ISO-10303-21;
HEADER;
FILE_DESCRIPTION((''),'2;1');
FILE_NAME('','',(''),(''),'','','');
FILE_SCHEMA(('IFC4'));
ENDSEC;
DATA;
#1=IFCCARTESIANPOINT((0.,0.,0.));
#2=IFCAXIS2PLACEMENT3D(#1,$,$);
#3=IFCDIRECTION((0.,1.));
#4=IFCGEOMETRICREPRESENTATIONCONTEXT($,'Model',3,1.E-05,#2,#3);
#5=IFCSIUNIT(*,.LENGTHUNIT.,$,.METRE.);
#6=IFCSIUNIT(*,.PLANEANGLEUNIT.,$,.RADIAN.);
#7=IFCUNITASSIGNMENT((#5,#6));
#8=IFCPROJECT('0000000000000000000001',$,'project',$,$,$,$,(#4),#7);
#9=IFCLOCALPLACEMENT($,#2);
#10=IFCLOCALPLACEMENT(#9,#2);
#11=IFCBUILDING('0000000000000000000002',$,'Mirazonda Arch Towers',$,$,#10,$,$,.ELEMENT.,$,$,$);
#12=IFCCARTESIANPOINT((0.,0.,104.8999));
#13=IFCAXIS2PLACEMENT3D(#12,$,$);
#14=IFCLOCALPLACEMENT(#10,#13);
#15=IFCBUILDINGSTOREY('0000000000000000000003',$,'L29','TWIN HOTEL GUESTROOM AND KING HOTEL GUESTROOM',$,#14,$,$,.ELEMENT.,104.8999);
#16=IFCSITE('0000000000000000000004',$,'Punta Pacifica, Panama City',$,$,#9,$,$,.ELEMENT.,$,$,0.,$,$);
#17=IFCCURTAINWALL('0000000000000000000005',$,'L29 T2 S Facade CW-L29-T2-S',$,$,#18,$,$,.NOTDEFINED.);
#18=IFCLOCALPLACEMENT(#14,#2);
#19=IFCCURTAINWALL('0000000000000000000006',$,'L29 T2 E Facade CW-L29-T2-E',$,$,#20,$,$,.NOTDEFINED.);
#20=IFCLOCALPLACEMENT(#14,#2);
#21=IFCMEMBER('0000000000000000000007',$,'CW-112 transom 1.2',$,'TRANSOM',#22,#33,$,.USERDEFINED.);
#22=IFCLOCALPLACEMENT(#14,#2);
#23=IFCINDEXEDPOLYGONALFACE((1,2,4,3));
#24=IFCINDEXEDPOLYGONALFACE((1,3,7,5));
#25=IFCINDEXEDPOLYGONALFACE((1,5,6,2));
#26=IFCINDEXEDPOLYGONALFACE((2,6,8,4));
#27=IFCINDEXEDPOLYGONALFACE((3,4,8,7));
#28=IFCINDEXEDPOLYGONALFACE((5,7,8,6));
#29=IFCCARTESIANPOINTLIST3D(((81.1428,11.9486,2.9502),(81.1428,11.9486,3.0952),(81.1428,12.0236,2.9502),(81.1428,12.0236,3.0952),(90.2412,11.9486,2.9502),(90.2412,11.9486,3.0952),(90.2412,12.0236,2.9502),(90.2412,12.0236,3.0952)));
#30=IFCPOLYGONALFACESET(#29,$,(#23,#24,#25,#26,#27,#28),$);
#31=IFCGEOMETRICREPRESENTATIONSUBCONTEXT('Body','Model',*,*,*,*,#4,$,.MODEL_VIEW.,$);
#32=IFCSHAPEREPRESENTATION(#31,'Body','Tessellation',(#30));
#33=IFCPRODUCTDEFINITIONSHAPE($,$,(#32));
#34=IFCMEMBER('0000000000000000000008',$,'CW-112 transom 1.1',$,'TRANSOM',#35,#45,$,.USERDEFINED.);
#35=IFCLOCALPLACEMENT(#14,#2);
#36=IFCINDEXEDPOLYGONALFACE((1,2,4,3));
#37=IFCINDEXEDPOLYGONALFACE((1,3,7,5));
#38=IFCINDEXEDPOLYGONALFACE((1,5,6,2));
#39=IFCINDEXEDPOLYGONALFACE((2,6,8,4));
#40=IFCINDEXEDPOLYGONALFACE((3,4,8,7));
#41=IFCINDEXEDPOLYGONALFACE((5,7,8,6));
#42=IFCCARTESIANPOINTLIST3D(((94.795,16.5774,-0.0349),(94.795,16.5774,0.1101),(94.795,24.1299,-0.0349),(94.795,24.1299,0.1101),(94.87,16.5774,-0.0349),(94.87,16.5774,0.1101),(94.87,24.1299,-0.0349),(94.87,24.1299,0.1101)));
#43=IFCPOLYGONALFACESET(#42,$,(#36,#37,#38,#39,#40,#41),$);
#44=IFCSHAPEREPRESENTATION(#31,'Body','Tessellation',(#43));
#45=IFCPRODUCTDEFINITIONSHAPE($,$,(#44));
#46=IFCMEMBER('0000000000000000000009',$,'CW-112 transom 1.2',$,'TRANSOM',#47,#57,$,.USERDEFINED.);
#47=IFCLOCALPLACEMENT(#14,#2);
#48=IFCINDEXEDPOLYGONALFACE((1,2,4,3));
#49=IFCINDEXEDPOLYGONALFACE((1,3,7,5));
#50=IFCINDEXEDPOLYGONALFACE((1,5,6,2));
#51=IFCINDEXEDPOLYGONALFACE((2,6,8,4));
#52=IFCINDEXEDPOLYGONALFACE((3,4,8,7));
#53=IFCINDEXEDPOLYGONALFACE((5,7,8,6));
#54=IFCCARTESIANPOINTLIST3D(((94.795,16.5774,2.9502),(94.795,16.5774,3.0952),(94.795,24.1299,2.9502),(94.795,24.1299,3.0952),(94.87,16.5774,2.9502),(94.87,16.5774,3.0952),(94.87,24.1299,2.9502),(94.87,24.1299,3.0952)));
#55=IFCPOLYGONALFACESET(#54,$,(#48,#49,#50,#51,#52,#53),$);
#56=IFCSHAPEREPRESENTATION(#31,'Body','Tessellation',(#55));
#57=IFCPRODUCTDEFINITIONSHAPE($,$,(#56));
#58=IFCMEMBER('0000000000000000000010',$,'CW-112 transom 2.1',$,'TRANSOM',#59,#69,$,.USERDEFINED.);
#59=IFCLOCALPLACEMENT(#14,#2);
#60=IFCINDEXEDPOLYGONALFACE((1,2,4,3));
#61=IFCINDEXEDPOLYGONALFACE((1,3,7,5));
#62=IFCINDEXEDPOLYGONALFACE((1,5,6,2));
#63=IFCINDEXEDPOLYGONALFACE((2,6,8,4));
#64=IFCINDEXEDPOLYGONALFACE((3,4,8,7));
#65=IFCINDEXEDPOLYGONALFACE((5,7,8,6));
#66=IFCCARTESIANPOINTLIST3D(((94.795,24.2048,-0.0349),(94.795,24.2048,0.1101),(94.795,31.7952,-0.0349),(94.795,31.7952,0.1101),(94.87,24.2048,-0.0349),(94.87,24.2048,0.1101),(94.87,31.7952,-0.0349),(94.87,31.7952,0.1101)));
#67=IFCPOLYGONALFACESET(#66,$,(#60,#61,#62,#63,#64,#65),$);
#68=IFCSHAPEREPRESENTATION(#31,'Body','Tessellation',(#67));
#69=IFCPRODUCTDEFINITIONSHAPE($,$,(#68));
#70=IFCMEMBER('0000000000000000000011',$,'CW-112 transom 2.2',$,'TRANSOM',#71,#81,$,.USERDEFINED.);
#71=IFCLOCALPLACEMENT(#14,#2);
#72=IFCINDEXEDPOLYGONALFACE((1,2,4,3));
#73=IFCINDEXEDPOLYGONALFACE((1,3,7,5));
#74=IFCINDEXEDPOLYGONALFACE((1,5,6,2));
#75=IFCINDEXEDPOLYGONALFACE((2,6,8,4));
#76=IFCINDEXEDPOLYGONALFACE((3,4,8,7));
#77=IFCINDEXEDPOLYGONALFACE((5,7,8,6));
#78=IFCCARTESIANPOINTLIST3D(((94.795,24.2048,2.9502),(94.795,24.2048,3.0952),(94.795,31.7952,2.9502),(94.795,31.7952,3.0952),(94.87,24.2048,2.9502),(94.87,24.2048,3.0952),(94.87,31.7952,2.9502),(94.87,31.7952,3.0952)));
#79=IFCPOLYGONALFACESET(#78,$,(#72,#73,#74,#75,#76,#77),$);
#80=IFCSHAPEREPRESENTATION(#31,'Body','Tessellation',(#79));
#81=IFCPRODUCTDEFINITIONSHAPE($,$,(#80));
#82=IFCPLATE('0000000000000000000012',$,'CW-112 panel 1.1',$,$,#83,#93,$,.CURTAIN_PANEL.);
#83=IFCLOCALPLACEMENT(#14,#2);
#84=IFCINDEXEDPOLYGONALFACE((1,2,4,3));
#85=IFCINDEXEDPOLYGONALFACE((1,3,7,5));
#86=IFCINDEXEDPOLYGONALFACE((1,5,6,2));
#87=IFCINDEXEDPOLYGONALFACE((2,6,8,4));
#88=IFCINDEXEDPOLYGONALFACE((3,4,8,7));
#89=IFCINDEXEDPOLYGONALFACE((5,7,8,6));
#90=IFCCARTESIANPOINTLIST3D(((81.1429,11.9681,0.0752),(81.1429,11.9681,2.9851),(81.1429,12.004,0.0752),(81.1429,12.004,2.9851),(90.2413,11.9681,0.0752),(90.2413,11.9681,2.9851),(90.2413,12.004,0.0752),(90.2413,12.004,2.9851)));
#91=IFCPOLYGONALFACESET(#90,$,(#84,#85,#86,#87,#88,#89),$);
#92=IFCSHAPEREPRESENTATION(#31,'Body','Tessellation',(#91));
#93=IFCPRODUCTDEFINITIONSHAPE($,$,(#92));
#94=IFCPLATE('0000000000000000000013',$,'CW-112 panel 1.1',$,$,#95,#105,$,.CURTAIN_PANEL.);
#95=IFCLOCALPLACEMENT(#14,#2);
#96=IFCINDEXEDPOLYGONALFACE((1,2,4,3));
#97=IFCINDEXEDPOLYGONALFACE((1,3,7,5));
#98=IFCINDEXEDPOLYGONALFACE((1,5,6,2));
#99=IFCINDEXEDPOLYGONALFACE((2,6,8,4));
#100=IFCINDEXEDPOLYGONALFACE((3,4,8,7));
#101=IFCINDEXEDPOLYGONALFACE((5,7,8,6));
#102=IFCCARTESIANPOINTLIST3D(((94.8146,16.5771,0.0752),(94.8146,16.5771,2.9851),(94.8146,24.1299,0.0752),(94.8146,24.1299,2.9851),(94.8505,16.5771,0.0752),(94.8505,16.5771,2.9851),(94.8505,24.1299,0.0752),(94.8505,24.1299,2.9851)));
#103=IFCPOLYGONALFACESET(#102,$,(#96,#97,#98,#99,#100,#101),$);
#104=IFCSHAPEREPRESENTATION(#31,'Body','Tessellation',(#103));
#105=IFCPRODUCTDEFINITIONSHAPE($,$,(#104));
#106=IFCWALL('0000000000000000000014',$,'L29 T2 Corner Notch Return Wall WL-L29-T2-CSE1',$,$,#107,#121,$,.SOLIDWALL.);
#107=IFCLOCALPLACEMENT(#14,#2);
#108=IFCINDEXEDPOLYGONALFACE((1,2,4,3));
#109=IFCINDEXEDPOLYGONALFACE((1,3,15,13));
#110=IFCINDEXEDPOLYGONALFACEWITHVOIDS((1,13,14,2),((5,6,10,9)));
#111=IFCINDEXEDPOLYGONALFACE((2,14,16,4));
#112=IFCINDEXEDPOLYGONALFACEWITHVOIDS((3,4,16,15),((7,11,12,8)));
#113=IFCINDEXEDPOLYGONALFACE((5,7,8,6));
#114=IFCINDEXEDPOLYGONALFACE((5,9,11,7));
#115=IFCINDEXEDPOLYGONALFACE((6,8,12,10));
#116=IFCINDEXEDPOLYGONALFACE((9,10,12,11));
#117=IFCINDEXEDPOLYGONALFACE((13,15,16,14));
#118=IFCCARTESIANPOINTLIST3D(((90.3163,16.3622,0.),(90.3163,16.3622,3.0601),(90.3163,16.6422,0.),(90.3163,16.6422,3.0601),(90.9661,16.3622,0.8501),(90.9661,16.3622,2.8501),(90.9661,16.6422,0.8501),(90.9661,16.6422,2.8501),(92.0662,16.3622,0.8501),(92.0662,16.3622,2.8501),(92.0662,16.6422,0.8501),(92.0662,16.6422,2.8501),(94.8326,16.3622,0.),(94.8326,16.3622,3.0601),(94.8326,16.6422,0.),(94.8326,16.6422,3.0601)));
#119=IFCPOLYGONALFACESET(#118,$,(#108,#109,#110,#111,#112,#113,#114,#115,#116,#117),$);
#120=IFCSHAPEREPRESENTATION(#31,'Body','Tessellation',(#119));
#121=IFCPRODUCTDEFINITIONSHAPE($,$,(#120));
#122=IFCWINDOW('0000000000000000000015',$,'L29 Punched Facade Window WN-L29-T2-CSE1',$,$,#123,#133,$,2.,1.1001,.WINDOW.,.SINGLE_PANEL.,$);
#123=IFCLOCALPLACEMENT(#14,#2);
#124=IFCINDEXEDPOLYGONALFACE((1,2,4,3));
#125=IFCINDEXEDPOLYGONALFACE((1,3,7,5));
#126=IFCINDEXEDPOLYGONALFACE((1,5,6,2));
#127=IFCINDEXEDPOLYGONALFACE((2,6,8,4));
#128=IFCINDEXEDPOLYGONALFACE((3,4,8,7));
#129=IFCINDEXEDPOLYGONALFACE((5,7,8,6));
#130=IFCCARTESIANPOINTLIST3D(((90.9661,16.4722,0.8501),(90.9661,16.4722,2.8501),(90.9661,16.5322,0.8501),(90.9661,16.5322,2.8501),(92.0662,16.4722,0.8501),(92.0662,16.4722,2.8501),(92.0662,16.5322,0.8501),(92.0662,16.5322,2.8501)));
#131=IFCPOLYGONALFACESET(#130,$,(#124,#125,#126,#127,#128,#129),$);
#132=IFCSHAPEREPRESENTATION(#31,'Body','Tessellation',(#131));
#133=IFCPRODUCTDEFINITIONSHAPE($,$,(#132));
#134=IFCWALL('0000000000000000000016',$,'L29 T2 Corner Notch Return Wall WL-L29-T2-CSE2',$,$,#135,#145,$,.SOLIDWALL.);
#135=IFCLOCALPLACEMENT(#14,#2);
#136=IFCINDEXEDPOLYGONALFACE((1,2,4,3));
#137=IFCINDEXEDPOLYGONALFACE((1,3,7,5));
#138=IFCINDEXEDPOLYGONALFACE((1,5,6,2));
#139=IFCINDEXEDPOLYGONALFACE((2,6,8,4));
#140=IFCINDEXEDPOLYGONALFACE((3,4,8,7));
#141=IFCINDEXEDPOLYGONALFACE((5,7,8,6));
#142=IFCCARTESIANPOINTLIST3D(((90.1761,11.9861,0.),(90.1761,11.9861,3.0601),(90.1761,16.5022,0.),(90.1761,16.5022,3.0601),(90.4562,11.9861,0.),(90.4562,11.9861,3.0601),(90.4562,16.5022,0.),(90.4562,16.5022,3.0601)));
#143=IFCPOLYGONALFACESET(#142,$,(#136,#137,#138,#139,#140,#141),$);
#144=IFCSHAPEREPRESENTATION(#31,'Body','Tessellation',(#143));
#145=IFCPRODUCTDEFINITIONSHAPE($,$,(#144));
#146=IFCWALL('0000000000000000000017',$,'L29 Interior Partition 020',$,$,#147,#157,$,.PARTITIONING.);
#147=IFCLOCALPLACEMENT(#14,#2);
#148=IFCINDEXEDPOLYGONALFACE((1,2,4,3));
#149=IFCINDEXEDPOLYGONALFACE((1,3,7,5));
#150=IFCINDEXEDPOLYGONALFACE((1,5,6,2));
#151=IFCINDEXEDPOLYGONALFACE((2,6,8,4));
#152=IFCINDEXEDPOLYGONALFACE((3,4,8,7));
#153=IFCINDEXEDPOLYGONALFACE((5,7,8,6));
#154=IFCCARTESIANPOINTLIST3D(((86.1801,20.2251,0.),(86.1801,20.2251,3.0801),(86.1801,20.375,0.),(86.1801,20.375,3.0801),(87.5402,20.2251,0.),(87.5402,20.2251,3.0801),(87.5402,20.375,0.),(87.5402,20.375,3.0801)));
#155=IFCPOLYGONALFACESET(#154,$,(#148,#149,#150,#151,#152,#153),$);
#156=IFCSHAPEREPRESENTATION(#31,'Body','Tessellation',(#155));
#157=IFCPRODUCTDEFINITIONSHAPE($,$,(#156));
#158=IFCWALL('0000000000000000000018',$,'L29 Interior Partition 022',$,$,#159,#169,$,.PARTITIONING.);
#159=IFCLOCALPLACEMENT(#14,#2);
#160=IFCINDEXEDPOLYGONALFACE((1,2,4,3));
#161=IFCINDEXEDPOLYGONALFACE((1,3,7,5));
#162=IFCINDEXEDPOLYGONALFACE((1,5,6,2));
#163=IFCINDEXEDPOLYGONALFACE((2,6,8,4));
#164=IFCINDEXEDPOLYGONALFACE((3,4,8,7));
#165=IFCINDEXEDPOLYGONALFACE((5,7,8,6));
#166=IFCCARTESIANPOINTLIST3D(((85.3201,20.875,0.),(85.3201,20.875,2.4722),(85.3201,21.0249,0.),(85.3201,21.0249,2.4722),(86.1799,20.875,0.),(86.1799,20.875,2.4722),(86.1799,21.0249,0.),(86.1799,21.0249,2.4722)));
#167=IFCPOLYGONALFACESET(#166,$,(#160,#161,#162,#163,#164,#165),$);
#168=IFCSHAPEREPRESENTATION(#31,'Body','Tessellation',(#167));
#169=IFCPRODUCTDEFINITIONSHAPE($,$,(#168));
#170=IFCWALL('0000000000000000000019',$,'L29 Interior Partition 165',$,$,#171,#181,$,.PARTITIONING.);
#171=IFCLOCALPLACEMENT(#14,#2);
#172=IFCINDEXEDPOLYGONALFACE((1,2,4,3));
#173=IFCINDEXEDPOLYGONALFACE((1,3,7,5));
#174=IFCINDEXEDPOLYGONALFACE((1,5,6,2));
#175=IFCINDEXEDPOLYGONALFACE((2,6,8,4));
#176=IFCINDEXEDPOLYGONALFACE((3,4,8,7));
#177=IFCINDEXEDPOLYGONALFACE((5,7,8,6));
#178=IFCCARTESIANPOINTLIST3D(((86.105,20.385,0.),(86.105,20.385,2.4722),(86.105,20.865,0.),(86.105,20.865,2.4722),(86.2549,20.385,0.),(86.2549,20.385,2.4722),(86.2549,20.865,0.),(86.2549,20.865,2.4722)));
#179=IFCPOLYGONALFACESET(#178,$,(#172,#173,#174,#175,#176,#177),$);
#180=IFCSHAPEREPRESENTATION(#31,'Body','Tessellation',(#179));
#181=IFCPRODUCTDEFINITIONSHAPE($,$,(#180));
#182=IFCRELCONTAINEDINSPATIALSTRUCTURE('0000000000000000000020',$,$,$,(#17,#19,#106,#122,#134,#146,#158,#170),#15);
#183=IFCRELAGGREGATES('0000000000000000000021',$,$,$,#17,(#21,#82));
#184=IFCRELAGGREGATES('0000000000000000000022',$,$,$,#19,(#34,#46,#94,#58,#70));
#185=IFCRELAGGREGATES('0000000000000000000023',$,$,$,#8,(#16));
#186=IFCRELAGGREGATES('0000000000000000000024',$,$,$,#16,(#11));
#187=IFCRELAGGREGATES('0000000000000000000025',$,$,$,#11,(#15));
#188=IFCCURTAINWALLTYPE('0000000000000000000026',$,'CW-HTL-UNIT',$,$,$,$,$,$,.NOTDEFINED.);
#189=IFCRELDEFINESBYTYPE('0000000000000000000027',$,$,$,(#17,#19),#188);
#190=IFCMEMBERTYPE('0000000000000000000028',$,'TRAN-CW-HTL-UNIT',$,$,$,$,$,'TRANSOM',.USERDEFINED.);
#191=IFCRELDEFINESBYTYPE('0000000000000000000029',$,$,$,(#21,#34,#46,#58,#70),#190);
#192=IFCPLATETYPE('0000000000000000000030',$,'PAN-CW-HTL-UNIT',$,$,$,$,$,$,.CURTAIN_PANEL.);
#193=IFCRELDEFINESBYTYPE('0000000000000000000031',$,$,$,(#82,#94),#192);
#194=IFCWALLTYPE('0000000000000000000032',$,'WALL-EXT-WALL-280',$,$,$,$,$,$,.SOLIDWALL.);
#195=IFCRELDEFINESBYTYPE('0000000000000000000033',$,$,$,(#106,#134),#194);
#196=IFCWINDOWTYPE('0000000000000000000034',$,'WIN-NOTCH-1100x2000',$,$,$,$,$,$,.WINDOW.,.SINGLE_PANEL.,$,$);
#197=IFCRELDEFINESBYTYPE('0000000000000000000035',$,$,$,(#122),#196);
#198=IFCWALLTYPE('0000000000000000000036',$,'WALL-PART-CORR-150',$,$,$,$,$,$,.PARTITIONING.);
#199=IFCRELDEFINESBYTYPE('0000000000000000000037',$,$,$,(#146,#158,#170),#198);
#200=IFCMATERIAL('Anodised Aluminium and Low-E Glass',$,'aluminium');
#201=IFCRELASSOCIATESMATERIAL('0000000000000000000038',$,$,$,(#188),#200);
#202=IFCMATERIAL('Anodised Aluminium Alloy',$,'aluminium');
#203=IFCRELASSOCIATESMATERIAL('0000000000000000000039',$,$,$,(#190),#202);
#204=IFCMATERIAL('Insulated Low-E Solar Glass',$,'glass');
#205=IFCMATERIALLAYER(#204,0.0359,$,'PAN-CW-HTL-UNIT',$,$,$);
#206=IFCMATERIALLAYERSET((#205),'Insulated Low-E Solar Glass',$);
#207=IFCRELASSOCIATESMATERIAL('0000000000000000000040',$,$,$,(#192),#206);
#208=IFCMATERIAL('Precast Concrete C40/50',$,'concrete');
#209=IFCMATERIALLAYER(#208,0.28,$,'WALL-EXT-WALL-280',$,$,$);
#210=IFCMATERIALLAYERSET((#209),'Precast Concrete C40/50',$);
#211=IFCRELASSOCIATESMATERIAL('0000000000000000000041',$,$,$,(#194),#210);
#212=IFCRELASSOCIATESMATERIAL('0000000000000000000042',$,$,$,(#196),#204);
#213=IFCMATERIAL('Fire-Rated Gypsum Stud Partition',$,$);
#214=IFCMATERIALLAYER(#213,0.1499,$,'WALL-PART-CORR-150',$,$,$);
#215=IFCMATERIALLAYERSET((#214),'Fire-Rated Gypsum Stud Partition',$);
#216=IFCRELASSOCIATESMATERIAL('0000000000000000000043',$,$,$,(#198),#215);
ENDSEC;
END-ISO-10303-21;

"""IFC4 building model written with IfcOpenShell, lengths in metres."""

from ifc_helpers import new_model, si_unit, direction, frame, frame_2d, origin, origin_2d, place, context, subcontext, project, spatial, rectangle, extrude, material, layer, layer_set, material_profile, profile_set, type_object, element, fill, aggregate, save


model = new_model("IFC4")

# Units and contexts
model_context = context("Model", 3, precision=1e-05, world=origin(), true_north=direction((0.0, 1.0)))
body_context = subcontext(model_context, "Body", "Model", "MODEL_VIEW")
ifc_project = project(units=[si_unit("LENGTHUNIT", "METRE"), si_unit("PLANEANGLEUNIT", "RADIAN")], contexts=[model_context])

# Site, building, storey
site_placement = place(None, origin())
site = spatial("IfcSite", under=ifc_project, at=site_placement, Name="Punta Pacifica, Panama City", CompositionType="ELEMENT", RefElevation=0.0)
building_placement = place(site_placement, origin())
building = spatial("IfcBuilding", under=site, at=building_placement, Name="Mirazonda Arch Towers", CompositionType="ELEMENT")
storey_placement = place(building_placement, frame((0.0, 0.0, 104.8999)))
storey = spatial("IfcBuildingStorey", under=building, at=storey_placement, Name="L29", Description="TWIN HOTEL GUESTROOM AND KING HOTEL GUESTROOM", CompositionType="ELEMENT", Elevation=104.8999)

# Curtain wall
ifc_material_1 = material(Name="Anodised Aluminium and Low-E Glass", Category="aluminium")
curtain_wall_type = type_object("IfcCurtainWallType", Name="CW-HTL-UNIT", PredefinedType="NOTDEFINED", material=ifc_material_1)
curtain_wall_1_placement = place(storey_placement, origin())
curtain_wall_1 = element("IfcCurtainWall", 1, at=curtain_wall_1_placement, inside=storey, type_object=curtain_wall_type, Name="L29 T2 S Facade CW-L29-T2-S", PredefinedType="NOTDEFINED")
ifc_material_2 = material(Name="Anodised Aluminium Alloy", Category="aluminium")

# Curtain wall
curtain_wall_2_placement = place(storey_placement, origin())
curtain_wall_2 = element("IfcCurtainWall", 2, at=curtain_wall_2_placement, inside=storey, type_object=curtain_wall_type, Name="L29 T2 E Facade CW-L29-T2-E", PredefinedType="NOTDEFINED")

# Members
ifc_material_profile_1 = material_profile(ifc_material_2, rectangle(XDim=0.075, YDim=0.145, at=origin_2d()), Name="ALU-TRAN-75x145")
ifc_profile_set_1 = profile_set([ifc_material_profile_1], Name="Anodised Aluminium Alloy")
member_type_1 = type_object("IfcMemberType", Name="TRAN-CW-HTL-UNIT", ElementType="TRANSOM", PredefinedType="USERDEFINED", material=ifc_profile_set_1)
member_1_placement = place(storey_placement, frame((90.2412, 11.9861, 3.0227), z_axis=(-1.0, 0.0, 0.0), x_axis=(0.0, -1.0, 0.0)))
member_1 = element("IfcMember", 3, at=member_1_placement, type_object=member_type_1, Name="CW-112 transom 1.2", ObjectType="TRANSOM", PredefinedType="USERDEFINED", context=body_context, shape_type="SweptSolid", body=[
    extrude(rectangle(XDim=0.075, YDim=0.145, at=origin_2d()), origin(), (0.0, 0.0, 1.0), 9.0984),
])
member_2_placement = place(storey_placement, frame((94.8325, 16.5774, 0.0376), z_axis=(0.0, 1.0, 0.0), x_axis=(-1.0, 0.0, 0.0)))
member_2 = element("IfcMember", 4, at=member_2_placement, type_object=member_type_1, Name="CW-112 transom 1.1", ObjectType="TRANSOM", PredefinedType="USERDEFINED", context=body_context, shape_type="SweptSolid", body=[
    extrude(rectangle(XDim=0.075, YDim=0.145, at=origin_2d()), origin(), (0.0, 0.0, 1.0), 7.5525),
])
member_3_placement = place(storey_placement, frame((94.8325, 16.5774, 3.0227), z_axis=(0.0, 1.0, 0.0), x_axis=(-1.0, 0.0, 0.0)))
member_3 = element("IfcMember", 5, at=member_3_placement, type_object=member_type_1, Name="CW-112 transom 1.2", ObjectType="TRANSOM", PredefinedType="USERDEFINED", context=body_context, shape_type="SweptSolid", body=[
    extrude(rectangle(XDim=0.075, YDim=0.145, at=origin_2d()), origin(), (0.0, 0.0, 1.0), 7.5525),
])
member_4_placement = place(storey_placement, frame((94.8325, 24.2048, 0.0376), z_axis=(0.0, 1.0, 0.0), x_axis=(-1.0, 0.0, 0.0)))
member_4 = element("IfcMember", 6, at=member_4_placement, type_object=member_type_1, Name="CW-112 transom 2.1", ObjectType="TRANSOM", PredefinedType="USERDEFINED", context=body_context, shape_type="SweptSolid", body=[
    extrude(rectangle(XDim=0.075, YDim=0.145, at=origin_2d()), origin(), (0.0, 0.0, 1.0), 7.5903),
])
member_5_placement = place(storey_placement, frame((94.8325, 24.2048, 3.0227), z_axis=(0.0, 1.0, 0.0), x_axis=(-1.0, 0.0, 0.0)))
member_5 = element("IfcMember", 7, at=member_5_placement, type_object=member_type_1, Name="CW-112 transom 2.2", ObjectType="TRANSOM", PredefinedType="USERDEFINED", context=body_context, shape_type="SweptSolid", body=[
    extrude(rectangle(XDim=0.075, YDim=0.145, at=origin_2d()), origin(), (0.0, 0.0, 1.0), 7.5903),
])

# Plates
ifc_material_3 = material(Name="Insulated Low-E Solar Glass", Category="glass")
ifc_layer_1 = layer(ifc_material_3, 0.0359, Name="PAN-CW-HTL-UNIT")
ifc_layer_set_1 = layer_set([ifc_layer_1], Name="Insulated Low-E Solar Glass")
plate_type = type_object("IfcPlateType", Name="PAN-CW-HTL-UNIT", PredefinedType="CURTAIN_PANEL", material=ifc_layer_set_1)
plate_1_placement = place(storey_placement, frame((85.6921, 11.9861, 0.0752), z_axis=(0.0, 0.0, 1.0), x_axis=(-1.0, 0.0, 0.0)))
plate_1 = element("IfcPlate", 8, at=plate_1_placement, type_object=plate_type, Name="CW-112 panel 1.1", PredefinedType="CURTAIN_PANEL", context=body_context, shape_type="SweptSolid", body=[
    extrude(rectangle(XDim=9.0984, YDim=0.0359, at=origin_2d()), origin(), (0.0, 0.0, 1.0), 2.9099),
])
aggregate(curtain_wall_1, [member_1, plate_1])
plate_2_placement = place(storey_placement, frame((94.8325, 20.3535, 0.0752), z_axis=(0.0, 0.0, 1.0), x_axis=(0.0, 1.0, 0.0)))
plate_2 = element("IfcPlate", 9, at=plate_2_placement, type_object=plate_type, Name="CW-112 panel 1.1", PredefinedType="CURTAIN_PANEL", context=body_context, shape_type="SweptSolid", body=[
    extrude(rectangle(XDim=7.5527, YDim=0.0359, at=origin_2d()), origin(), (0.0, 0.0, 1.0), 2.9099),
])
aggregate(curtain_wall_2, [member_2, member_3, plate_2, member_4, member_5])

# Wall, opening, window
ifc_material_4 = material(Name="Precast Concrete C40/50", Category="concrete")
ifc_layer_2 = layer(ifc_material_4, 0.28, Name="WALL-EXT-WALL-280")
ifc_layer_set_2 = layer_set([ifc_layer_2], Name="Precast Concrete C40/50")
wall_type_1 = type_object("IfcWallType", Name="WALL-EXT-WALL-280", PredefinedType="SOLIDWALL", material=ifc_layer_set_2)
wall_1_placement = place(storey_placement, frame((90.3162, 16.5022, 0.0), z_axis=(0.0, 0.0, 1.0), x_axis=(1.0, 0.0, 0.0)))
wall_1 = element("IfcWall", 10, at=wall_1_placement, inside=storey, type_object=wall_type_1, Name="L29 T2 Corner Notch Return Wall WL-L29-T2-CSE1", PredefinedType="SOLIDWALL", context=body_context, shape_type="SweptSolid", body=[
    extrude(rectangle(XDim=4.5164, YDim=0.28, at=frame_2d((2.2583, 0.0))), origin(), (0.0, 0.0, 1.0), 3.0601),
])
opening_1_placement = place(wall_1_placement, frame((0.6499, 0.0, 0.8501)))
opening_1 = element("IfcOpeningElement", 11, at=opening_1_placement, cuts=wall_1, PredefinedType="OPENING", context=body_context, shape_type="SweptSolid", body=[
    extrude(rectangle(XDim=1.1001, YDim=2.0, at=frame_2d((0.55, 1.0))), frame((0.0, 0.1499, 0.0), z_axis=(0.0, -1.0, 0.0), x_axis=(1.0, 0.0, 0.0)), (0.0, 0.0, 1.0), 0.3),
])
window_type = type_object("IfcWindowType", Name="WIN-NOTCH-1100x2000", PartitioningType="SINGLE_PANEL", PredefinedType="WINDOW", material=ifc_material_3)
window_placement = place(opening_1_placement, origin())
window = element("IfcWindow", 12, at=window_placement, inside=storey, type_object=window_type, Name="L29 Punched Facade Window WN-L29-T2-CSE1", OverallHeight=2.0, OverallWidth=1.1001, PartitioningType="SINGLE_PANEL", PredefinedType="WINDOW", context=body_context, shape_type="SweptSolid", body=[
    extrude(rectangle(XDim=1.1001, YDim=2.0, at=frame_2d((0.55, 1.0))), frame((0.0, 0.03, 0.0), z_axis=(0.0, -1.0, 0.0), x_axis=(1.0, 0.0, 0.0)), (0.0, 0.0, 1.0), 0.0601),
])
fill(opening_1, window)

# Walls
wall_2_placement = place(storey_placement, frame((90.3162, 11.9861, 0.0), z_axis=(0.0, 0.0, 1.0), x_axis=(0.0, 1.0, 0.0)))
element("IfcWall", 13, at=wall_2_placement, inside=storey, type_object=wall_type_1, Name="L29 T2 Corner Notch Return Wall WL-L29-T2-CSE2", PredefinedType="SOLIDWALL", context=body_context, shape_type="SweptSolid", body=[
    extrude(rectangle(XDim=4.5161, YDim=0.28, at=frame_2d((2.2581, 0.0))), origin(), (0.0, 0.0, 1.0), 3.0601),
])
ifc_material_5 = material(Name="Fire-Rated Gypsum Stud Partition")
ifc_layer_3 = layer(ifc_material_5, 0.1499, Name="WALL-PART-CORR-150")
ifc_layer_set_3 = layer_set([ifc_layer_3], Name="Fire-Rated Gypsum Stud Partition")
wall_type_2 = type_object("IfcWallType", Name="WALL-PART-CORR-150", PredefinedType="PARTITIONING", material=ifc_layer_set_3)
wall_3_placement = place(storey_placement, frame((86.1799, 20.3, 0.0), z_axis=(0.0, 0.0, 1.0), x_axis=(1.0, 0.0, 0.0)))
element("IfcWall", 14, at=wall_3_placement, inside=storey, type_object=wall_type_2, Name="L29 Interior Partition 020", PredefinedType="PARTITIONING", context=body_context, shape_type="SweptSolid", body=[
    extrude(rectangle(XDim=1.3601, YDim=0.1499, at=frame_2d((0.6802, 0.0))), origin(), (0.0, 0.0, 1.0), 3.0801),
])
wall_4_placement = place(storey_placement, frame((85.3201, 20.95, 0.0), z_axis=(0.0, 0.0, 1.0), x_axis=(1.0, 0.0, 0.0)))
element("IfcWall", 15, at=wall_4_placement, inside=storey, type_object=wall_type_2, Name="L29 Interior Partition 022", PredefinedType="PARTITIONING", context=body_context, shape_type="SweptSolid", body=[
    extrude(rectangle(XDim=0.8599, YDim=0.1499, at=frame_2d((0.4299, 0.0))), origin(), (0.0, 0.0, 1.0), 2.4722),
])
wall_5_placement = place(storey_placement, frame((86.1799, 20.385, 0.0), z_axis=(0.0, 0.0, 1.0), x_axis=(0.0, 1.0, 0.0)))
element("IfcWall", 16, at=wall_5_placement, inside=storey, type_object=wall_type_2, Name="L29 Interior Partition 165", PredefinedType="PARTITIONING", context=body_context, shape_type="SweptSolid", body=[
    extrude(rectangle(XDim=0.48, YDim=0.1499, at=frame_2d((0.24, 0.0))), origin(), (0.0, 0.0, 1.0), 2.4722),
])

save(model, "model.ifc")
